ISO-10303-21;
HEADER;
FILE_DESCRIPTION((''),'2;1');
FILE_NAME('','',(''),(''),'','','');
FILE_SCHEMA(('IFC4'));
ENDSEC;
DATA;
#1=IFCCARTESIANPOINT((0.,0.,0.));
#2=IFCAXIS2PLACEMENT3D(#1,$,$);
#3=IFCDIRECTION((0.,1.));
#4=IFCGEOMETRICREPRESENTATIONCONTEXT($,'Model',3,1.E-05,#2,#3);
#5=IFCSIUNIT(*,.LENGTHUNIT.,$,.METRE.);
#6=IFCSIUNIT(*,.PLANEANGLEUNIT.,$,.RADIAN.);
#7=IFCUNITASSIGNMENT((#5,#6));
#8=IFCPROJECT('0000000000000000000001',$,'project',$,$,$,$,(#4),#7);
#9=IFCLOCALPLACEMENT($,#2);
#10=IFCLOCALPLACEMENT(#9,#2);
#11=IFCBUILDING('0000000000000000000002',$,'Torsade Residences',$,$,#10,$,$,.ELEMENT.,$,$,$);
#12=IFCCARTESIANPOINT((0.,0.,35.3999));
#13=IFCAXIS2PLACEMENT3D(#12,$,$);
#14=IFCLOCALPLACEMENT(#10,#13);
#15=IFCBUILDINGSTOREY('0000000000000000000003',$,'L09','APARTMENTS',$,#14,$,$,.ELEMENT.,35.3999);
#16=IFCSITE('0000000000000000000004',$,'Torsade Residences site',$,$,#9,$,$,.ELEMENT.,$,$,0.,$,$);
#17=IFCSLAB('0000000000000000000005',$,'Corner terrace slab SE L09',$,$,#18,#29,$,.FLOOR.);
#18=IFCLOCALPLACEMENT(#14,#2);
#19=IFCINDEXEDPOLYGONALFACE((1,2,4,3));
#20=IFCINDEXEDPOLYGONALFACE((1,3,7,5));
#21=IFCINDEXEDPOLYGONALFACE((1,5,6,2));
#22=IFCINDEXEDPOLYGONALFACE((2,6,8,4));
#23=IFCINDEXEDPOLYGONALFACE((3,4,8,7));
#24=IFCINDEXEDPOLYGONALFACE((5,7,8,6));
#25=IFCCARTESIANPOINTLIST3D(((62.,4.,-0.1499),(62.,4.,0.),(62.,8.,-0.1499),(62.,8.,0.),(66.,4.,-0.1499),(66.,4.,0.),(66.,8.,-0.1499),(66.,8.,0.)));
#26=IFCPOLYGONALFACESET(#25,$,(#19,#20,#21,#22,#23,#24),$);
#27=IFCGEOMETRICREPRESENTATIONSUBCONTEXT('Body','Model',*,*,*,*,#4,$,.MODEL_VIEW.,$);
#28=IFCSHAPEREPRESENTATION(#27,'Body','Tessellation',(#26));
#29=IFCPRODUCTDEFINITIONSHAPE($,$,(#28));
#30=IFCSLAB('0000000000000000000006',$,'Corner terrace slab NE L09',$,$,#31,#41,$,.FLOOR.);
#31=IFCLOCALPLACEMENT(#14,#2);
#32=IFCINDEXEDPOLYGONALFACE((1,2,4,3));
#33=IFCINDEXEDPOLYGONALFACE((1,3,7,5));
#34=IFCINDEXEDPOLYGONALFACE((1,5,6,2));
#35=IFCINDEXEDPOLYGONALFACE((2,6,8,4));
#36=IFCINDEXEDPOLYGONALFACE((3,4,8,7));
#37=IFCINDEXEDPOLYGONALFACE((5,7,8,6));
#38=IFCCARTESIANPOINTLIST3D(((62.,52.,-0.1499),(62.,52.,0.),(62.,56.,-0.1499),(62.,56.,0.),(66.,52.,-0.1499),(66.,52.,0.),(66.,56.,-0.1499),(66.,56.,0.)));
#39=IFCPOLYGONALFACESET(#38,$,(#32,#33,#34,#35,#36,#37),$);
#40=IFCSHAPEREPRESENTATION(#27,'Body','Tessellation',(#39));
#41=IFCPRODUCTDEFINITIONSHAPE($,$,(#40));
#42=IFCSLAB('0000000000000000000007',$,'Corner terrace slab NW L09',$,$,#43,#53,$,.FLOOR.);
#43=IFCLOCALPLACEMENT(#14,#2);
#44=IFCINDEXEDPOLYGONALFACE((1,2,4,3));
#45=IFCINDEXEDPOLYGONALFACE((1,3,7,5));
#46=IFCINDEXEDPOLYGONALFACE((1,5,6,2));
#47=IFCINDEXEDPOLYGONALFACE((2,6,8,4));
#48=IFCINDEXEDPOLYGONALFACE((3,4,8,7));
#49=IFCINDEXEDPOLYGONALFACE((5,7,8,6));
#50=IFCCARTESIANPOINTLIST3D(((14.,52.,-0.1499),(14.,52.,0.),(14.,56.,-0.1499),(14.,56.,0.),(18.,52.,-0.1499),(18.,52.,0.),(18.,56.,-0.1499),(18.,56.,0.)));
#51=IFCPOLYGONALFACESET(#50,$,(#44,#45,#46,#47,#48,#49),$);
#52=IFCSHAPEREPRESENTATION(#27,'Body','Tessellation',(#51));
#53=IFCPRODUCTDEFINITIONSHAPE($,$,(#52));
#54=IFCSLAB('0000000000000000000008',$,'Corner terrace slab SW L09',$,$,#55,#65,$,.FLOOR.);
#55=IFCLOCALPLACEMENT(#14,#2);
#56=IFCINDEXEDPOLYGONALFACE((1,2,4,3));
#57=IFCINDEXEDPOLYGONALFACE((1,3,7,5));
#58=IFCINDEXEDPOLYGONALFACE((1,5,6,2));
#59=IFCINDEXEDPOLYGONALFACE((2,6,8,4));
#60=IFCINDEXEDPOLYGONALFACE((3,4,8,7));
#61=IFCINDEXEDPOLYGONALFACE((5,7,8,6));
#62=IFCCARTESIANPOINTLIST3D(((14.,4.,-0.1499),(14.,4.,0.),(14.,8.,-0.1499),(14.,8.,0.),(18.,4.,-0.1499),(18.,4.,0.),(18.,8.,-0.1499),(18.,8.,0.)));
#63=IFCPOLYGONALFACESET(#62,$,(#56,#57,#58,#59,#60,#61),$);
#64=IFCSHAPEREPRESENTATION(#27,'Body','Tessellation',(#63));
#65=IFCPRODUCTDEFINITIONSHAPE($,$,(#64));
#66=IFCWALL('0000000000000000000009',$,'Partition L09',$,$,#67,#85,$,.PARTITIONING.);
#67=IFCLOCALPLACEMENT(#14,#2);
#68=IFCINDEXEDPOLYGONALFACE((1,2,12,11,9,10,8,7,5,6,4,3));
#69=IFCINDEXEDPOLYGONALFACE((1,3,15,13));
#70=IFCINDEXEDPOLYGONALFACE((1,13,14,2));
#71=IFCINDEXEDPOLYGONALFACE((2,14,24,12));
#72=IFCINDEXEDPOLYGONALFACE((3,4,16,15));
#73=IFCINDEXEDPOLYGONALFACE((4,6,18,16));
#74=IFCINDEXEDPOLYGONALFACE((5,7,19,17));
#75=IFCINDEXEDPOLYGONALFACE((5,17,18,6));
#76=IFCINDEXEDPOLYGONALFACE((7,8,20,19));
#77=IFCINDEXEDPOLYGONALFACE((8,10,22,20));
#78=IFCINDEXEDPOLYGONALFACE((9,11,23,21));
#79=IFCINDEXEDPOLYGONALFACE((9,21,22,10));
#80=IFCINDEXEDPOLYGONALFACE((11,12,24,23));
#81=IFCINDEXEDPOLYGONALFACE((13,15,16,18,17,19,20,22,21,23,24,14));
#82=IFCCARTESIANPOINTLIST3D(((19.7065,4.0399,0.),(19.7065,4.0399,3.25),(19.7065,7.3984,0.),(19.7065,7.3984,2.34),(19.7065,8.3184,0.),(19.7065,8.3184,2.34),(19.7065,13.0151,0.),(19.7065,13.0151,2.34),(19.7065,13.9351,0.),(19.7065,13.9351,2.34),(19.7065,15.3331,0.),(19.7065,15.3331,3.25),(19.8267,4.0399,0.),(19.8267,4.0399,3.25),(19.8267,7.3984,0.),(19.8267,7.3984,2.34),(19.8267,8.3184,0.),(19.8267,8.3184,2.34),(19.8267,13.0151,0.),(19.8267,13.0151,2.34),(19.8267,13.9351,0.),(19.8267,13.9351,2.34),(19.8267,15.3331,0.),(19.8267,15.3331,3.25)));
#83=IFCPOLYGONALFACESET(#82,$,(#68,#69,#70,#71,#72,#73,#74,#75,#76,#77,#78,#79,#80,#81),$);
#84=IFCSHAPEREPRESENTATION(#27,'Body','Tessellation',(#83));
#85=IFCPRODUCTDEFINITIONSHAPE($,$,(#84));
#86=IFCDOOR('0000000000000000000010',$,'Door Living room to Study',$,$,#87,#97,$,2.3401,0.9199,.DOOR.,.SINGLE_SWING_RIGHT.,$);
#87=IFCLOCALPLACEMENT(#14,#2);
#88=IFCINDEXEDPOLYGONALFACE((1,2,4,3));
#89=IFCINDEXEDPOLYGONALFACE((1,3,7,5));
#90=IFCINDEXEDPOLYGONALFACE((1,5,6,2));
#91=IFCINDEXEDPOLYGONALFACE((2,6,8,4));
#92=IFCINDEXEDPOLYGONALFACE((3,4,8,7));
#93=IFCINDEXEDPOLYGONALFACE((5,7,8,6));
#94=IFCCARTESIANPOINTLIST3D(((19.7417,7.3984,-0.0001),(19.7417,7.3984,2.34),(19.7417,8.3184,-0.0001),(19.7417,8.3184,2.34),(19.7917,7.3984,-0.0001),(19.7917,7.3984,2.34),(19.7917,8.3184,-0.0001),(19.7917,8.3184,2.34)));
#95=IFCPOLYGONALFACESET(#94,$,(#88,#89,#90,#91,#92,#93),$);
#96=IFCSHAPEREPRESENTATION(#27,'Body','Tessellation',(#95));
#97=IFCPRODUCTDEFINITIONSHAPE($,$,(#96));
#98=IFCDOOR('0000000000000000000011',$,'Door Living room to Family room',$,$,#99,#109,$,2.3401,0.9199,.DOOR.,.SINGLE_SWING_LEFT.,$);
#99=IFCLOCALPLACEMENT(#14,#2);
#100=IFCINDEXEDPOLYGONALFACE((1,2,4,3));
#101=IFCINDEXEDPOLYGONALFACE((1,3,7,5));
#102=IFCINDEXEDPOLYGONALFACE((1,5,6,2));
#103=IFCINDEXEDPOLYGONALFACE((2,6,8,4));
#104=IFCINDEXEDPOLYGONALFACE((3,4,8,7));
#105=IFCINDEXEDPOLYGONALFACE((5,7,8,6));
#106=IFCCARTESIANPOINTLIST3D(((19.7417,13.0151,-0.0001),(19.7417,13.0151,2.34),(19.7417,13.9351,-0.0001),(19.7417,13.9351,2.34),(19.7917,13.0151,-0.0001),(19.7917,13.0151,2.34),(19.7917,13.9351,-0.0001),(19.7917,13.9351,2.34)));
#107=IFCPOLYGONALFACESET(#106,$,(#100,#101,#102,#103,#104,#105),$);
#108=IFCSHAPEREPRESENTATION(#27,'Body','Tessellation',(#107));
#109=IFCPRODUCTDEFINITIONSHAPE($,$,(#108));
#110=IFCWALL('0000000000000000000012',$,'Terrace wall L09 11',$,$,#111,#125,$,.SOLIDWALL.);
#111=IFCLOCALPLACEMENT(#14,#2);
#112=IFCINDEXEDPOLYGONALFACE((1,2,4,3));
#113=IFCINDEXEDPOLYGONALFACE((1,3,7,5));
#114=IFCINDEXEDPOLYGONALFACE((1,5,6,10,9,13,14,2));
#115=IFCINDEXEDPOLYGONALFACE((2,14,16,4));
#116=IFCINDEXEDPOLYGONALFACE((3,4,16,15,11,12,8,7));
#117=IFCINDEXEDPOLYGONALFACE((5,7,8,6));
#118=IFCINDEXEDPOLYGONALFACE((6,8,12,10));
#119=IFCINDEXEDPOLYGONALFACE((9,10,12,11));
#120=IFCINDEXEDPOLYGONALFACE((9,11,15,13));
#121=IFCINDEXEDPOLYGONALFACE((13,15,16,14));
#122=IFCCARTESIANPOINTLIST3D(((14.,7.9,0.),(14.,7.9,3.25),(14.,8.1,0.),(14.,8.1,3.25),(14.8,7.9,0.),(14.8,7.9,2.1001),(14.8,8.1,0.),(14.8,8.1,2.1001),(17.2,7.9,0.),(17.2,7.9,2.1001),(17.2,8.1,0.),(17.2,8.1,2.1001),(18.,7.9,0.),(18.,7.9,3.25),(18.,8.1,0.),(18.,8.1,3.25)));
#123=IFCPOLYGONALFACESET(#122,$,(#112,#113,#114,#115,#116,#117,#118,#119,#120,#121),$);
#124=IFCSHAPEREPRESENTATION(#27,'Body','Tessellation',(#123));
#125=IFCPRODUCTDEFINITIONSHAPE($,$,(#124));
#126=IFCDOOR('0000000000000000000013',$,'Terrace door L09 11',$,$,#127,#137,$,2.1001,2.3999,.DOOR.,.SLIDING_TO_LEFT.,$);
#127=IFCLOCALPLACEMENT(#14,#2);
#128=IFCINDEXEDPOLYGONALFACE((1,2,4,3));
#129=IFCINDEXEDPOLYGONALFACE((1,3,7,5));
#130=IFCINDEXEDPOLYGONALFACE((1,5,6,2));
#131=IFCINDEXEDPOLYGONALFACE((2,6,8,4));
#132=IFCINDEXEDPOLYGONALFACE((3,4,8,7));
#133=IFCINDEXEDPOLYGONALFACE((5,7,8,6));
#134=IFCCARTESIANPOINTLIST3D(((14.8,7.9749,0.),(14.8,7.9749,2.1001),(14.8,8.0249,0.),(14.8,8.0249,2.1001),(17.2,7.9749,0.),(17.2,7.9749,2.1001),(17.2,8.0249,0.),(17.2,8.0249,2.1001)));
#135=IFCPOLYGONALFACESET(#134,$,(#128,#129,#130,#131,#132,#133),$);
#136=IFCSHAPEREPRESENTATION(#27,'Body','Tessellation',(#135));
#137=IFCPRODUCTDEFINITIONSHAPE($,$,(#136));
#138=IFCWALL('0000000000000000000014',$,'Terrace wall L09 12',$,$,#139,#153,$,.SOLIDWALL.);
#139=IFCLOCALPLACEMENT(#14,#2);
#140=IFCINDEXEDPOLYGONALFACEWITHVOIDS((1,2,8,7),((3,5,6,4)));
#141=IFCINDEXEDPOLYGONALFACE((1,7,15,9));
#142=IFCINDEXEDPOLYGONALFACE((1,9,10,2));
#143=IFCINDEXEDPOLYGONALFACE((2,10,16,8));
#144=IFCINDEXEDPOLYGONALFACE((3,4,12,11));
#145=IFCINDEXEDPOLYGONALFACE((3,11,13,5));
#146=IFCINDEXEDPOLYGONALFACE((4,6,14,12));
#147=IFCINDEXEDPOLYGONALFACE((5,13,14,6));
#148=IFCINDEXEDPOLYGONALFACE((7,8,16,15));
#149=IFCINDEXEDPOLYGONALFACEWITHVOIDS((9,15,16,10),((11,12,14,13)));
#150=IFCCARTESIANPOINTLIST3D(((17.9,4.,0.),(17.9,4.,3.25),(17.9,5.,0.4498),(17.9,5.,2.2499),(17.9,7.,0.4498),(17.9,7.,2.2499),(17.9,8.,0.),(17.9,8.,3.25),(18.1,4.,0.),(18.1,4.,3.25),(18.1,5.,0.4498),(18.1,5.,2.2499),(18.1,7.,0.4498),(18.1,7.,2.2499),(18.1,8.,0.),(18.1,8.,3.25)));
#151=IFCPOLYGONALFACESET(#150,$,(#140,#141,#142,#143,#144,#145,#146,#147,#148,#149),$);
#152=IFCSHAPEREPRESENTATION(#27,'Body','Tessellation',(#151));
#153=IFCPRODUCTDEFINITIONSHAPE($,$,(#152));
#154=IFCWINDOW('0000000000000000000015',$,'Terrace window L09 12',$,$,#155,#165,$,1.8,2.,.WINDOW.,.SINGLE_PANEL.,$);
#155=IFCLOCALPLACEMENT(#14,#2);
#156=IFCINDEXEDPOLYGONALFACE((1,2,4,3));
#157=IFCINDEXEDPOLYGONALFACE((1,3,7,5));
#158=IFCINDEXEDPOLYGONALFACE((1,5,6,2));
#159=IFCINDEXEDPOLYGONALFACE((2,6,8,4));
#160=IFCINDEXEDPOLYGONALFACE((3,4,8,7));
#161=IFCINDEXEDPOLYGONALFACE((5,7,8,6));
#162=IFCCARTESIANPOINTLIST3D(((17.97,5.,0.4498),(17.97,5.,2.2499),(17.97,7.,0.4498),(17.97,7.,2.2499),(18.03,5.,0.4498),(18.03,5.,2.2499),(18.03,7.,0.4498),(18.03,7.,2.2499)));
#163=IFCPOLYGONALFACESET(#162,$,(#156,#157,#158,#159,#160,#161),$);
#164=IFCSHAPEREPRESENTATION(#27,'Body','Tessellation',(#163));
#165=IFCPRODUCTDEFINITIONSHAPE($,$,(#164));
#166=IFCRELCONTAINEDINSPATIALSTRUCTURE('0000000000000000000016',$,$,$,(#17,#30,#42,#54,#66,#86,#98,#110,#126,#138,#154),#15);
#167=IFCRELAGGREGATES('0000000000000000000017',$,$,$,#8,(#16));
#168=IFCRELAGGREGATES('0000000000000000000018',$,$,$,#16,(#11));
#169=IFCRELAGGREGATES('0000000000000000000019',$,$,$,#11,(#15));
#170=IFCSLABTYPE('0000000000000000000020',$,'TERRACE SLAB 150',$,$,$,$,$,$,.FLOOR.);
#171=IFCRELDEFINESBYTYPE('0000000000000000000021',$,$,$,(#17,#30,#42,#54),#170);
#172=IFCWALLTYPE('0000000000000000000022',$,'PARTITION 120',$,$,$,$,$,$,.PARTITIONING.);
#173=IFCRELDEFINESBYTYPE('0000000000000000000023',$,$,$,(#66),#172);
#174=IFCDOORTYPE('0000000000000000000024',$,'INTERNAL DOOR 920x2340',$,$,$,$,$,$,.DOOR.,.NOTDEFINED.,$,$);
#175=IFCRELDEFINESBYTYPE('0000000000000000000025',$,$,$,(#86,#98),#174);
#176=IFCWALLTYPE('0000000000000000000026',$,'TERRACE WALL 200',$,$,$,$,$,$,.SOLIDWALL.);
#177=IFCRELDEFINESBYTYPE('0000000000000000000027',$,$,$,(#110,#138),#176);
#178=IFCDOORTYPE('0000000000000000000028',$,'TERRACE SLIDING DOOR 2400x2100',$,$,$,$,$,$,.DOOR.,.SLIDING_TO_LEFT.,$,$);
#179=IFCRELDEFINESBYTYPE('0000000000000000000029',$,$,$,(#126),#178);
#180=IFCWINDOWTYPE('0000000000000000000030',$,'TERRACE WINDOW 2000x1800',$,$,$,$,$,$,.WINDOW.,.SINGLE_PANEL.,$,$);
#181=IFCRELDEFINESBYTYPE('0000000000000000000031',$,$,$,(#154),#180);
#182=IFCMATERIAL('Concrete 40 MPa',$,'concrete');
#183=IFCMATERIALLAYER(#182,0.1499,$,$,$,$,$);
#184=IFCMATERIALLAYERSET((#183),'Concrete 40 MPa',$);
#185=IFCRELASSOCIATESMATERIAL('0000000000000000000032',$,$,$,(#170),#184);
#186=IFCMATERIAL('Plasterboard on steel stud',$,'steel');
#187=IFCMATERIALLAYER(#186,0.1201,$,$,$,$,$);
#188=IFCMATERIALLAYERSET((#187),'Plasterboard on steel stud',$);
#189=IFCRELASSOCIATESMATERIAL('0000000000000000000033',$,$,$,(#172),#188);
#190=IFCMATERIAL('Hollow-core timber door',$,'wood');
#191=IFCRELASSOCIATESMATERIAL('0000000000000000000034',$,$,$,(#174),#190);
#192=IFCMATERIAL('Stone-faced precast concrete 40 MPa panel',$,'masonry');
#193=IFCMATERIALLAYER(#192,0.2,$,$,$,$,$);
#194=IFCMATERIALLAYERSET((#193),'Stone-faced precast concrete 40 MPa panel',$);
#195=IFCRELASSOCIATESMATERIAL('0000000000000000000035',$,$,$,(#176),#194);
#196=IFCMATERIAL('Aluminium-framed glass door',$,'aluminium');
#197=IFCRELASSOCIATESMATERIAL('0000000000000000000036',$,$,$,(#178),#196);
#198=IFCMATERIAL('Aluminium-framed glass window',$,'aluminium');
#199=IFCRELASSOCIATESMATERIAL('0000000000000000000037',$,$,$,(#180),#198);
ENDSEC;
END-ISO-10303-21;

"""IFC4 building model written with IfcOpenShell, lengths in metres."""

from ifc_helpers import new_model, si_unit, direction, frame, frame_2d, origin, place, context, subcontext, project, spatial, polyline, rectangle, outline, extrude, material, layer, layer_set, type_object, element, fill, save


model = new_model("IFC4")

# Units and contexts
model_context = context("Model", 3, precision=1e-05, world=origin(), true_north=direction((0.0, 1.0)))
body_context = subcontext(model_context, "Body", "Model", "MODEL_VIEW")
ifc_project = project(units=[si_unit("LENGTHUNIT", "METRE"), si_unit("PLANEANGLEUNIT", "RADIAN")], contexts=[model_context])

# Site, building, storey
site_placement = place(None, origin())
site = spatial("IfcSite", under=ifc_project, at=site_placement, Name="Torsade Residences site", CompositionType="ELEMENT", RefElevation=0.0)
building_placement = place(site_placement, origin())
building = spatial("IfcBuilding", under=site, at=building_placement, Name="Torsade Residences", CompositionType="ELEMENT")
storey_placement = place(building_placement, frame((0.0, 0.0, 35.3999)))
storey = spatial("IfcBuildingStorey", under=building, at=storey_placement, Name="L09", Description="APARTMENTS", CompositionType="ELEMENT", Elevation=35.3999)

# Slabs
ifc_material_1 = material(Name="Concrete 40 MPa", Category="concrete")
ifc_layer_1 = layer(ifc_material_1, 0.1499)
ifc_layer_set_1 = layer_set([ifc_layer_1], Name="Concrete 40 MPa")
slab_type_1 = type_object("IfcSlabType", Name="TERRACE SLAB 150", PredefinedType="FLOOR", material=ifc_layer_set_1)
slab_1_placement = place(storey_placement, frame((0.0, 0.0, -0.1499)))
element("IfcSlab", 1, at=slab_1_placement, inside=storey, type_object=slab_type_1, Name="Corner terrace slab SE L09", PredefinedType="FLOOR", context=body_context, shape_type="SweptSolid", body=[
    extrude(outline(polyline([(62.0, 4.0), (66.0, 4.0), (66.0, 8.0), (62.0, 8.0), (62.0, 4.0)])), origin(), (0.0, 0.0, 1.0), 0.1499),
])
slab_2_placement = place(storey_placement, frame((0.0, 0.0, -0.1499)))
element("IfcSlab", 2, at=slab_2_placement, inside=storey, type_object=slab_type_1, Name="Corner terrace slab NE L09", PredefinedType="FLOOR", context=body_context, shape_type="SweptSolid", body=[
    extrude(outline(polyline([(62.0, 52.0), (66.0, 52.0), (66.0, 56.0), (62.0, 56.0), (62.0, 52.0)])), origin(), (0.0, 0.0, 1.0), 0.1499),
])
slab_3_placement = place(storey_placement, frame((0.0, 0.0, -0.1499)))
element("IfcSlab", 3, at=slab_3_placement, inside=storey, type_object=slab_type_1, Name="Corner terrace slab NW L09", PredefinedType="FLOOR", context=body_context, shape_type="SweptSolid", body=[
    extrude(outline(polyline([(14.0, 52.0), (18.0, 52.0), (18.0, 56.0), (14.0, 56.0), (14.0, 52.0)])), origin(), (0.0, 0.0, 1.0), 0.1499),
])
slab_4_placement = place(storey_placement, frame((0.0, 0.0, -0.1499)))
element("IfcSlab", 4, at=slab_4_placement, inside=storey, type_object=slab_type_1, Name="Corner terrace slab SW L09", PredefinedType="FLOOR", context=body_context, shape_type="SweptSolid", body=[
    extrude(outline(polyline([(14.0, 4.0), (18.0, 4.0), (18.0, 8.0), (14.0, 8.0), (14.0, 4.0)])), origin(), (0.0, 0.0, 1.0), 0.1499),
])

# Wall, openings, doors
ifc_material_2 = material(Name="Plasterboard on steel stud", Category="steel")
ifc_layer_2 = layer(ifc_material_2, 0.1201)
ifc_layer_set_2 = layer_set([ifc_layer_2], Name="Plasterboard on steel stud")
wall_type_1 = type_object("IfcWallType", Name="PARTITION 120", PredefinedType="PARTITIONING", material=ifc_layer_set_2)
wall_1_placement = place(storey_placement, frame((19.7666, 4.04, 0.0), z_axis=(0.0, 0.0, 1.0), x_axis=(0.0, 1.0, 0.0)))
wall_1 = element("IfcWall", 5, at=wall_1_placement, inside=storey, type_object=wall_type_1, Name="Partition L09", PredefinedType="PARTITIONING", context=body_context, shape_type="SweptSolid", body=[
    extrude(rectangle(XDim=11.2932, YDim=0.1201, at=frame_2d((5.6465, 0.0))), origin(), (0.0, 0.0, 1.0), 3.25),
])
opening_1_placement = place(wall_1_placement, frame((3.3584, 0.0, 0.0)))
opening_1 = element("IfcOpeningElement", 6, at=opening_1_placement, cuts=wall_1, PredefinedType="OPENING", context=body_context, shape_type="SweptSolid", body=[
    extrude(rectangle(XDim=0.9199, YDim=2.3401, at=frame_2d((0.46, 1.1699))), frame((0.0, 0.0701, 0.0), z_axis=(0.0, -1.0, 0.0), x_axis=(1.0, 0.0, 0.0)), (0.0, 0.0, 1.0), 0.1401),
])
opening_2_placement = place(wall_1_placement, frame((8.9751, 0.0, 0.0)))
opening_2 = element("IfcOpeningElement", 7, at=opening_2_placement, cuts=wall_1, PredefinedType="OPENING", context=body_context, shape_type="SweptSolid", body=[
    extrude(rectangle(XDim=0.9199, YDim=2.3401, at=frame_2d((0.46, 1.1699))), frame((0.0, 0.0701, 0.0), z_axis=(0.0, -1.0, 0.0), x_axis=(1.0, 0.0, 0.0)), (0.0, 0.0, 1.0), 0.1401),
])
ifc_material_3 = material(Name="Hollow-core timber door", Category="wood")
door_type_1 = type_object("IfcDoorType", Name="INTERNAL DOOR 920x2340", OperationType="NOTDEFINED", PredefinedType="DOOR", material=ifc_material_3)
door_1_placement = place(opening_1_placement, origin())
door_1 = element("IfcDoor", 8, at=door_1_placement, inside=storey, type_object=door_type_1, Name="Door Living room to Study", OperationType="SINGLE_SWING_RIGHT", OverallHeight=2.3401, OverallWidth=0.9199, PredefinedType="DOOR", context=body_context, shape_type="SweptSolid", body=[
    extrude(rectangle(XDim=0.9199, YDim=2.3401, at=frame_2d((0.46, 1.1699))), frame((0.0, 0.0249, 0.0), z_axis=(0.0, -1.0, 0.0), x_axis=(1.0, 0.0, 0.0)), (0.0, 0.0, 1.0), 0.05),
])
fill(opening_1, door_1)
door_2_placement = place(opening_2_placement, origin())
door_2 = element("IfcDoor", 9, at=door_2_placement, inside=storey, type_object=door_type_1, Name="Door Living room to Family room", OperationType="SINGLE_SWING_LEFT", OverallHeight=2.3401, OverallWidth=0.9199, PredefinedType="DOOR", context=body_context, shape_type="SweptSolid", body=[
    extrude(rectangle(XDim=0.9199, YDim=2.3401, at=frame_2d((0.46, 1.1699))), frame((0.0, 0.0249, 0.0), z_axis=(0.0, -1.0, 0.0), x_axis=(1.0, 0.0, 0.0)), (0.0, 0.0, 1.0), 0.05),
])
fill(opening_2, door_2)

# Wall, opening, door
ifc_material_4 = material(Name="Stone-faced precast concrete 40 MPa panel", Category="masonry")
ifc_layer_3 = layer(ifc_material_4, 0.2)
ifc_layer_set_3 = layer_set([ifc_layer_3], Name="Stone-faced precast concrete 40 MPa panel")
wall_type_2 = type_object("IfcWallType", Name="TERRACE WALL 200", PredefinedType="SOLIDWALL", material=ifc_layer_set_3)
wall_2_placement = place(storey_placement, frame((14.0, 8.0, 0.0), z_axis=(0.0, 0.0, 1.0), x_axis=(1.0, 0.0, 0.0)))
wall_2 = element("IfcWall", 10, at=wall_2_placement, inside=storey, type_object=wall_type_2, Name="Terrace wall L09 11", PredefinedType="SOLIDWALL", context=body_context, shape_type="SweptSolid", body=[
    extrude(rectangle(XDim=4.0, YDim=0.2, at=frame_2d((2.0, 0.0))), origin(), (0.0, 0.0, 1.0), 3.25),
])
opening_3_placement = place(wall_2_placement, frame((0.8, 0.0, 0.0)))
opening_3 = element("IfcOpeningElement", 11, at=opening_3_placement, cuts=wall_2, PredefinedType="OPENING", context=body_context, shape_type="SweptSolid", body=[
    extrude(rectangle(XDim=2.3999, YDim=2.1001, at=frame_2d((1.2, 1.05))), frame((0.0, 0.1099, 0.0), z_axis=(0.0, -1.0, 0.0), x_axis=(1.0, 0.0, 0.0)), (0.0, 0.0, 1.0), 0.22),
])
ifc_material_5 = material(Name="Aluminium-framed glass door", Category="aluminium")
door_type_2 = type_object("IfcDoorType", Name="TERRACE SLIDING DOOR 2400x2100", OperationType="SLIDING_TO_LEFT", PredefinedType="DOOR", material=ifc_material_5)
door_3_placement = place(opening_3_placement, origin())
door_3 = element("IfcDoor", 12, at=door_3_placement, inside=storey, type_object=door_type_2, Name="Terrace door L09 11", OperationType="SLIDING_TO_LEFT", OverallHeight=2.1001, OverallWidth=2.3999, PredefinedType="DOOR", context=body_context, shape_type="SweptSolid", body=[
    extrude(rectangle(XDim=2.3999, YDim=2.1001, at=frame_2d((1.2, 1.05))), frame((0.0, 0.0249, 0.0), z_axis=(0.0, -1.0, 0.0), x_axis=(1.0, 0.0, 0.0)), (0.0, 0.0, 1.0), 0.05),
])
fill(opening_3, door_3)

# Wall, opening, window
wall_3_placement = place(storey_placement, frame((18.0, 8.0, 0.0), z_axis=(0.0, 0.0, 1.0), x_axis=(0.0, -1.0, 0.0)))
wall_3 = element("IfcWall", 13, at=wall_3_placement, inside=storey, type_object=wall_type_2, Name="Terrace wall L09 12", PredefinedType="SOLIDWALL", context=body_context, shape_type="SweptSolid", body=[
    extrude(rectangle(XDim=4.0, YDim=0.2, at=frame_2d((2.0, 0.0))), origin(), (0.0, 0.0, 1.0), 3.25),
])
opening_4_placement = place(wall_3_placement, frame((1.0, 0.0, 0.45)))
opening_4 = element("IfcOpeningElement", 14, at=opening_4_placement, cuts=wall_3, PredefinedType="OPENING", context=body_context, shape_type="SweptSolid", body=[
    extrude(rectangle(XDim=2.0, YDim=1.8, at=frame_2d((1.0, 0.8999))), frame((0.0, 0.1099, 0.0), z_axis=(0.0, -1.0, 0.0), x_axis=(1.0, 0.0, 0.0)), (0.0, 0.0, 1.0), 0.22),
])
ifc_material_6 = material(Name="Aluminium-framed glass window", Category="aluminium")
window_type = type_object("IfcWindowType", Name="TERRACE WINDOW 2000x1800", PartitioningType="SINGLE_PANEL", PredefinedType="WINDOW", material=ifc_material_6)
window_placement = place(opening_4_placement, origin())
window = element("IfcWindow", 15, at=window_placement, inside=storey, type_object=window_type, Name="Terrace window L09 12", OverallHeight=1.8, OverallWidth=2.0, PartitioningType="SINGLE_PANEL", PredefinedType="WINDOW", context=body_context, shape_type="SweptSolid", body=[
    extrude(rectangle(XDim=2.0, YDim=1.8, at=frame_2d((1.0, 0.8999))), frame((0.0, 0.03, 0.0), z_axis=(0.0, -1.0, 0.0), x_axis=(1.0, 0.0, 0.0)), (0.0, 0.0, 1.0), 0.0601),
])
fill(opening_4, window)

save(model, "model.ifc")
